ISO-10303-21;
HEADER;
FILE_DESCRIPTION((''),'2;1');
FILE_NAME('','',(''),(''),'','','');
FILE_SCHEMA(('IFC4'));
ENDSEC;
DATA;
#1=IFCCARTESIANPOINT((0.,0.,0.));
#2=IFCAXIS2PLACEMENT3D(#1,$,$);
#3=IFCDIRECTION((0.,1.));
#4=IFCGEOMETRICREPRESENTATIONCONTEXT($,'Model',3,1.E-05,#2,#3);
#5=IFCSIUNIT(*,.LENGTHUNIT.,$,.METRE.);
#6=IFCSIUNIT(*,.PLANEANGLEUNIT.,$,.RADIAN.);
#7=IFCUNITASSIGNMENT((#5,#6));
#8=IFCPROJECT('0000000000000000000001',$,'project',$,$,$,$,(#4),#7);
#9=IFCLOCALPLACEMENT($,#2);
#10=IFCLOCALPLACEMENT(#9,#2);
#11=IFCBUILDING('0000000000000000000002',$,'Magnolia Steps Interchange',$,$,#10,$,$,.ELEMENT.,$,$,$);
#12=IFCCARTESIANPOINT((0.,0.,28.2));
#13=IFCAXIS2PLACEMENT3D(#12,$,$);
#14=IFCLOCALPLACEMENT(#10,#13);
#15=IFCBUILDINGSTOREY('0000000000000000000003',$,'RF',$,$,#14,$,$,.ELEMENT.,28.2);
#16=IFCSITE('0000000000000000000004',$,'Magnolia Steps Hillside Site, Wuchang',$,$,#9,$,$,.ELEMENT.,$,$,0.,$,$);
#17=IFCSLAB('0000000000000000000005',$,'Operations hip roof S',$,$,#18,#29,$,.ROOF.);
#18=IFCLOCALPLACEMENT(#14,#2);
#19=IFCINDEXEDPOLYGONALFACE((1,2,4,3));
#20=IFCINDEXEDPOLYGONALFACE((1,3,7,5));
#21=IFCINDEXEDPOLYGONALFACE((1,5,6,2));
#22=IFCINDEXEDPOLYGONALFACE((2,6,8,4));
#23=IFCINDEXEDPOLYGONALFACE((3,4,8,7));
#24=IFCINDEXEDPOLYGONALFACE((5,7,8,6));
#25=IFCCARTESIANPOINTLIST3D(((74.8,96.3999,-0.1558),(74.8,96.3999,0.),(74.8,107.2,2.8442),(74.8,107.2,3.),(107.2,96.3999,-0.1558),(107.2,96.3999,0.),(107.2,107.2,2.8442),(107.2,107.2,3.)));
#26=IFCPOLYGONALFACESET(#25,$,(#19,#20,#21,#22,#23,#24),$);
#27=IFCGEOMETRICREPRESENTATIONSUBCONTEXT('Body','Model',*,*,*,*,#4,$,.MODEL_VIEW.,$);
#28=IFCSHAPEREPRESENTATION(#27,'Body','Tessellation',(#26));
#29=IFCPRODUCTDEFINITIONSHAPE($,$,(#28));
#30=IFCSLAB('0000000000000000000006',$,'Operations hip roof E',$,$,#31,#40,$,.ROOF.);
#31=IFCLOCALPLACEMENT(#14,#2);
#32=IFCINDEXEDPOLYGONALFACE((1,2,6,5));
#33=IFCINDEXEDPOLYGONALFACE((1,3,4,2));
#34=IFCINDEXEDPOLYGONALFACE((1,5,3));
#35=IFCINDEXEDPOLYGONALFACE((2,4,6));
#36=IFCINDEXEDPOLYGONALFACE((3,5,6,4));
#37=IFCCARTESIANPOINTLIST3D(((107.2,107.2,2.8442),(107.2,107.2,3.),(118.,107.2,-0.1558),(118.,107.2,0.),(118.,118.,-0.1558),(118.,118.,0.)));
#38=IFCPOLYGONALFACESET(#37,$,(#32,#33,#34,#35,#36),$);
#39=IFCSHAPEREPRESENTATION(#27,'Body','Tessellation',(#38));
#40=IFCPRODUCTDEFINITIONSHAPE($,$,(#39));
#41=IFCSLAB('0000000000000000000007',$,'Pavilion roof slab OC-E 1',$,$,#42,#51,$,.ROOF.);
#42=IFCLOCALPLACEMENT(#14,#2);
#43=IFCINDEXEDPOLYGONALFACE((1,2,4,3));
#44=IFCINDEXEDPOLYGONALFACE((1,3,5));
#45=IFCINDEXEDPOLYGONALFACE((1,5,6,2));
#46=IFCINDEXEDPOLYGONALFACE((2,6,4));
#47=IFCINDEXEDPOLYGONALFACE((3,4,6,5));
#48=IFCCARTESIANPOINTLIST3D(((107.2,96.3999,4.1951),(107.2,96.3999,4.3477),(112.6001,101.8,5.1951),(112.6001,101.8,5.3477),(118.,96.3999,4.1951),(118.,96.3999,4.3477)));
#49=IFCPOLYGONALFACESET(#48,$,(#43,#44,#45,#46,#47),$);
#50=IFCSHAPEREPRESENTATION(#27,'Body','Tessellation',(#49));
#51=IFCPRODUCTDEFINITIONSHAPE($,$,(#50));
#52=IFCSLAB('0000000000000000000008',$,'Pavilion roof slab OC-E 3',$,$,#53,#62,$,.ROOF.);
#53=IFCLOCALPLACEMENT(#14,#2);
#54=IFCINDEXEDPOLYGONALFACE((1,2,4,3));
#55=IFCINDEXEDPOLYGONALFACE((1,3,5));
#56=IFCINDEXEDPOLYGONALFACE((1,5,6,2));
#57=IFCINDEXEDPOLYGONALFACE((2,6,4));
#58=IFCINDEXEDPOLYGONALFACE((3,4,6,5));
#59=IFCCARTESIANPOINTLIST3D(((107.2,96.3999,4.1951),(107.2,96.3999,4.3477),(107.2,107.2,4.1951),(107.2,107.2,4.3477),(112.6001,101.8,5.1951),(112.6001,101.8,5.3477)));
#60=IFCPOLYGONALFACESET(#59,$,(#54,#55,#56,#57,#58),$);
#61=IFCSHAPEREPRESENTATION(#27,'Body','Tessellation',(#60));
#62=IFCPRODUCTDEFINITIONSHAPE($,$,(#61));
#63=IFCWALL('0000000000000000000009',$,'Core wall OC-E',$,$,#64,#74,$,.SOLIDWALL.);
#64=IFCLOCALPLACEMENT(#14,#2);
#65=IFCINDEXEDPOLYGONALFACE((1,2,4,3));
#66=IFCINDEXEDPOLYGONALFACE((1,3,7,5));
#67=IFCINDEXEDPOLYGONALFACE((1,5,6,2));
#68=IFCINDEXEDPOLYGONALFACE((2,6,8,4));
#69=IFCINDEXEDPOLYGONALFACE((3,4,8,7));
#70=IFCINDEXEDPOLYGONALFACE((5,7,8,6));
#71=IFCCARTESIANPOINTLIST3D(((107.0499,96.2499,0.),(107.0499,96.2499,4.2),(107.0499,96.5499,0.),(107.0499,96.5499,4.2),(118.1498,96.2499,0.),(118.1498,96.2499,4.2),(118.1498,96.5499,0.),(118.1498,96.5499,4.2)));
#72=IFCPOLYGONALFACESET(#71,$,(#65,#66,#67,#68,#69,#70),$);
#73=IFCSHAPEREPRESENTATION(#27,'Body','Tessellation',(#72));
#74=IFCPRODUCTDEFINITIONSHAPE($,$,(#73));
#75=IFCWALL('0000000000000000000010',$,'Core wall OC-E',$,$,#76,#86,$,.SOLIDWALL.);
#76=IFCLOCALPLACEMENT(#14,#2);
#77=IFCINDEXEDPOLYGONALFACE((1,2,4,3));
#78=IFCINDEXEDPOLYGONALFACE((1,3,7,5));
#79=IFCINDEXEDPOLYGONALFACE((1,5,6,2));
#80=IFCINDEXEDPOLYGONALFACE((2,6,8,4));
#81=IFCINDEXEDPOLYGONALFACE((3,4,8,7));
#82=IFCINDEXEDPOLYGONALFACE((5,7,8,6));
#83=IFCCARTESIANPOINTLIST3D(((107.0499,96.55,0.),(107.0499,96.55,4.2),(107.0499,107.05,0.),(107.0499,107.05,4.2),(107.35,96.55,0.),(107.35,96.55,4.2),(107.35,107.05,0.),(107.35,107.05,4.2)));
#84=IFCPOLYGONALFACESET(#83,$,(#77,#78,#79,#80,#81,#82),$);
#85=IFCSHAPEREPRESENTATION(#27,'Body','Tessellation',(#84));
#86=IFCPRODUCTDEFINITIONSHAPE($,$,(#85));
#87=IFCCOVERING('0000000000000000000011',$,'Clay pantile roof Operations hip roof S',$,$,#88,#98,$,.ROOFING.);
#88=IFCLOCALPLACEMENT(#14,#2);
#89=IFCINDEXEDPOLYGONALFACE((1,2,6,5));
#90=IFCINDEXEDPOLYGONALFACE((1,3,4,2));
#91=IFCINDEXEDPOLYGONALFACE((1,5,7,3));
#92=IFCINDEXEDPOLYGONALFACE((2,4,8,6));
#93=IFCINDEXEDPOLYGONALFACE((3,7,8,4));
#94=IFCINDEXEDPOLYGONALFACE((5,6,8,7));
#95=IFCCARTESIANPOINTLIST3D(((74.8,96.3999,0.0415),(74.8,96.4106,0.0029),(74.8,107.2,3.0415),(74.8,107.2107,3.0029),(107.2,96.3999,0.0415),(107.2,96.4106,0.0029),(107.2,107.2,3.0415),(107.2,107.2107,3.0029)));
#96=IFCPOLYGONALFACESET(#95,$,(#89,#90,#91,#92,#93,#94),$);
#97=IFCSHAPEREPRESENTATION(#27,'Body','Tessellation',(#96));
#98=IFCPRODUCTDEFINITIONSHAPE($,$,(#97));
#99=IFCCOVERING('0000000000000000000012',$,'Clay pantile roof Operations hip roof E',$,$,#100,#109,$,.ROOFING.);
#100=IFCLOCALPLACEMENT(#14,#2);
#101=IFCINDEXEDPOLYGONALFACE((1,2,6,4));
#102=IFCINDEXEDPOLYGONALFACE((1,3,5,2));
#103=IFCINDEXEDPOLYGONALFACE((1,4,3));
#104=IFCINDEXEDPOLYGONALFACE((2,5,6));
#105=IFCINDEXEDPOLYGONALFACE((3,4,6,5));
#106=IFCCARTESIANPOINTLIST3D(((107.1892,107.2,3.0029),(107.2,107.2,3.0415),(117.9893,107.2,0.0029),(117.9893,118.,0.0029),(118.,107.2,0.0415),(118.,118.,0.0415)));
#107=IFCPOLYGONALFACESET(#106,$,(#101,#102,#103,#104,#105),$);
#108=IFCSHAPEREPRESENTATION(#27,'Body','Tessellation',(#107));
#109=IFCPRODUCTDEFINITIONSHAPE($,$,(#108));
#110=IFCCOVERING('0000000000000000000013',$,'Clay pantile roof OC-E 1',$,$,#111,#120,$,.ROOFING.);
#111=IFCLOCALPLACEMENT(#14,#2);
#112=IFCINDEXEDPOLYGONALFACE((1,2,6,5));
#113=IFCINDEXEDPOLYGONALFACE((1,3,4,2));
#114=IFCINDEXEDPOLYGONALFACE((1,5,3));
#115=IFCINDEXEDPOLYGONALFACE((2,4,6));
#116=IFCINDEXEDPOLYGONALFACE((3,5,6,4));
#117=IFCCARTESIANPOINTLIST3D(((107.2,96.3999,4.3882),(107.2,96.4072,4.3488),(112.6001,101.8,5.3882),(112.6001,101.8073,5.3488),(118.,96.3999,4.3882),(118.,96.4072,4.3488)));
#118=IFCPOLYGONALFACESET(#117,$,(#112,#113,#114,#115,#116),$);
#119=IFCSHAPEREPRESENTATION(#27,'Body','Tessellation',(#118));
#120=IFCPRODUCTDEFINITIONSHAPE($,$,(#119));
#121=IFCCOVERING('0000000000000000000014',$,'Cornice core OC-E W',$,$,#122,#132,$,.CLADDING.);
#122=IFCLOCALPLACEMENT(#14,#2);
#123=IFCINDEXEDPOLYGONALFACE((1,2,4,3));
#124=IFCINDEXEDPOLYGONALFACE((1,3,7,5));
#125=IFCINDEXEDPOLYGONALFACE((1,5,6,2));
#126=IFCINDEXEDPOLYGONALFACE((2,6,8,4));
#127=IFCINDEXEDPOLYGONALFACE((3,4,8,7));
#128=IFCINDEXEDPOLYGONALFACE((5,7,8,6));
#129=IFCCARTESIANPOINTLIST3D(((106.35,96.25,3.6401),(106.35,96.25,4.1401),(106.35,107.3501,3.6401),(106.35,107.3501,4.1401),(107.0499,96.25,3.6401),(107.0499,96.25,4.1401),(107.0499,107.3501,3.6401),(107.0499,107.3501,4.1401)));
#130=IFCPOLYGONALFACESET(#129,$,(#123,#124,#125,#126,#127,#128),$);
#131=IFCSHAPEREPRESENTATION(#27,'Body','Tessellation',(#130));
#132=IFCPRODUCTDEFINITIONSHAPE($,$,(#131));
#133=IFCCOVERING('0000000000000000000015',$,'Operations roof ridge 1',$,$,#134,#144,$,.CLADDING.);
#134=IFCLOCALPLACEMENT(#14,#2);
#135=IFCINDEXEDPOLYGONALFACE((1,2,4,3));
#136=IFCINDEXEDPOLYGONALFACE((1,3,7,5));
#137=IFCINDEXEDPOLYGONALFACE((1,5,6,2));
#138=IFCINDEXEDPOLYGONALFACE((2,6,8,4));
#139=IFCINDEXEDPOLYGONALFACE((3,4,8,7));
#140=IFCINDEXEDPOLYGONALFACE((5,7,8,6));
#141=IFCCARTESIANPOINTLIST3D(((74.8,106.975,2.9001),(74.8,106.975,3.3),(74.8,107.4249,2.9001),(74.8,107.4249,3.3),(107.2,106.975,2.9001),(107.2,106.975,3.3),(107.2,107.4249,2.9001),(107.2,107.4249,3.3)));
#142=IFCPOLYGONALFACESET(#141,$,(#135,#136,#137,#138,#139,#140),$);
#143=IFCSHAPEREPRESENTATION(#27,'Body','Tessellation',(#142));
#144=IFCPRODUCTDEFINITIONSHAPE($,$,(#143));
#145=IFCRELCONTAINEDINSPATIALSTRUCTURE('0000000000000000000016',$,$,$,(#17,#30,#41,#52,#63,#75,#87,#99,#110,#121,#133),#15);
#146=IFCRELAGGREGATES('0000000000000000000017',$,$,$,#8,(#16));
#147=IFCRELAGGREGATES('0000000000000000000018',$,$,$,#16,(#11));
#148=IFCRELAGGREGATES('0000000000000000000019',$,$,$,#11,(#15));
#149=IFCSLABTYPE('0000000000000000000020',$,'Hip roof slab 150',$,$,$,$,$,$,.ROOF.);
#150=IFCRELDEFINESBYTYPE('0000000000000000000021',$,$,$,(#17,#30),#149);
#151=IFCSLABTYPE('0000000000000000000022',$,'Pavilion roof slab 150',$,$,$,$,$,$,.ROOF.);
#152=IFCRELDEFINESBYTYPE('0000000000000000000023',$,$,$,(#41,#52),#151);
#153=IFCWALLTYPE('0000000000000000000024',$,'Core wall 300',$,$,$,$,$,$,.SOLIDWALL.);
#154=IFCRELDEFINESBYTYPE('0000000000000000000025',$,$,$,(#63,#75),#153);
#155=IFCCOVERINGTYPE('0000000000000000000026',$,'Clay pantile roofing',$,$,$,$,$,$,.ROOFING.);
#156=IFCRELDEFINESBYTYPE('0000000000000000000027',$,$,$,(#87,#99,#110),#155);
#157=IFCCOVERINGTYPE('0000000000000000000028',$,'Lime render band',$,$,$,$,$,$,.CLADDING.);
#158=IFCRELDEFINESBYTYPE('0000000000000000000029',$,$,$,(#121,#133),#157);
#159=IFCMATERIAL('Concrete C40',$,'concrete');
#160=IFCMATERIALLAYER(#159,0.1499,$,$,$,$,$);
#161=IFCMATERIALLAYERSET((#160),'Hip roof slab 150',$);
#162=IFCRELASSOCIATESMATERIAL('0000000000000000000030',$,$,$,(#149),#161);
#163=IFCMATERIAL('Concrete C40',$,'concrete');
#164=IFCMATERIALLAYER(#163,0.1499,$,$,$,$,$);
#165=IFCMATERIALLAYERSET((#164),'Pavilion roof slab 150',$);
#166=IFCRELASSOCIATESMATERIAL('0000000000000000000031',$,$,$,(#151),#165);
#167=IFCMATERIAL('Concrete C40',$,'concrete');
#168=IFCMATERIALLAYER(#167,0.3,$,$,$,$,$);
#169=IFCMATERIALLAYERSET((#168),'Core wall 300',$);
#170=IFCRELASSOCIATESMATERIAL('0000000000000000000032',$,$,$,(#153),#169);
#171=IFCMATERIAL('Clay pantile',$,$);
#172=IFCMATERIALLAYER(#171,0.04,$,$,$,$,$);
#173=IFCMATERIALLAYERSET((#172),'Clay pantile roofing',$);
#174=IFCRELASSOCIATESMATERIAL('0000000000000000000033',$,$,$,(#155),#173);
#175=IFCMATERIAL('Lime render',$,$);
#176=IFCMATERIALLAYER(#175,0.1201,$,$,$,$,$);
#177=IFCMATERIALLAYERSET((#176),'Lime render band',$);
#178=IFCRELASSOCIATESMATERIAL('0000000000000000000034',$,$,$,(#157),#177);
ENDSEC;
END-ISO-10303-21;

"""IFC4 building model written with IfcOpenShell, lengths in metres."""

from ifc_helpers import new_model, si_unit, direction, frame, frame_2d, origin, origin_2d, place, context, subcontext, project, spatial, polyline, rectangle, outline, extrude, material, layer, layer_set, type_object, element, save


model = new_model("IFC4")

# Units and contexts
model_context = context("Model", 3, precision=1e-05, world=origin(), true_north=direction((0.0, 1.0)))
body_context = subcontext(model_context, "Body", "Model", "MODEL_VIEW")
ifc_project = project(units=[si_unit("LENGTHUNIT", "METRE"), si_unit("PLANEANGLEUNIT", "RADIAN")], contexts=[model_context])

# Site, building, storey
site_placement = place(None, origin())
site = spatial("IfcSite", under=ifc_project, at=site_placement, Name="Magnolia Steps Hillside Site, Wuchang", CompositionType="ELEMENT", RefElevation=0.0)
building_placement = place(site_placement, origin())
building = spatial("IfcBuilding", under=site, at=building_placement, Name="Magnolia Steps Interchange", CompositionType="ELEMENT")
storey_placement = place(building_placement, frame((0.0, 0.0, 28.2)))
storey = spatial("IfcBuildingStorey", under=building, at=storey_placement, Name="RF", CompositionType="ELEMENT", Elevation=28.2)

# Slabs
ifc_material_1 = material(Name="Concrete C40", Category="concrete")
ifc_layer_1 = layer(ifc_material_1, 0.1499)
ifc_layer_set_1 = layer_set([ifc_layer_1], Name="Hip roof slab 150")
slab_type_1 = type_object("IfcSlabType", Name="Hip roof slab 150", PredefinedType="ROOF", material=ifc_layer_set_1)
slab_1_placement = place(storey_placement, frame((107.2, 96.3999, 0.0), z_axis=(0.0, -0.267643, 0.963518), x_axis=(0.0, 0.963518, 0.267643)))
element("IfcSlab", 1, at=slab_1_placement, inside=storey, type_object=slab_type_1, Name="Operations hip roof S", PredefinedType="ROOF", context=body_context, shape_type="SweptSolid", body=[
    extrude(outline(polyline([(0.0, 0.0), (11.209, 0.0), (11.209, 32.3999), (0.0, 32.3999), (0.0, 0.0)])), origin(), (-0.267643, 0.0, -0.963518), 0.1558),
])
slab_2_placement = place(storey_placement, frame((107.2, 107.2, 3.0), z_axis=(0.267643, 0.0, 0.963518), x_axis=(0.963518, 0.0, -0.267643)))
element("IfcSlab", 2, at=slab_2_placement, inside=storey, type_object=slab_type_1, Name="Operations hip roof E", PredefinedType="ROOF", context=body_context, shape_type="SweptSolid", body=[
    extrude(outline(polyline([(0.0, 0.0), (11.209, 0.0), (11.209, 10.8), (0.0, 0.0)])), origin(), (0.267643, 0.0, -0.963518), 0.1558),
])
ifc_material_2 = material(Name="Concrete C40", Category="concrete")
ifc_layer_2 = layer(ifc_material_2, 0.1499)
ifc_layer_set_2 = layer_set([ifc_layer_2], Name="Pavilion roof slab 150")
slab_type_2 = type_object("IfcSlabType", Name="Pavilion roof slab 150", PredefinedType="ROOF", material=ifc_layer_set_2)
slab_3_placement = place(storey_placement, frame((107.2, 96.3999, 4.3477), z_axis=(0.0, -0.182084, 0.983283), x_axis=(1.0, 0.0, 0.0)))
element("IfcSlab", 3, at=slab_3_placement, inside=storey, type_object=slab_type_2, Name="Pavilion roof slab OC-E 1", PredefinedType="ROOF", context=body_context, shape_type="SweptSolid", body=[
    extrude(outline(polyline([(0.0, 0.0), (10.8, 0.0), (5.4001, 5.492), (0.0, 0.0)])), origin(), (0.0, -0.182084, -0.983283), 0.1526),
])
slab_4_placement = place(storey_placement, frame((107.2, 107.2, 4.3477), z_axis=(-0.182084, 0.0, 0.983283), x_axis=(0.0, -1.0, 0.0)))
element("IfcSlab", 4, at=slab_4_placement, inside=storey, type_object=slab_type_2, Name="Pavilion roof slab OC-E 3", PredefinedType="ROOF", context=body_context, shape_type="SweptSolid", body=[
    extrude(outline(polyline([(0.0, 0.0), (10.8, 0.0), (5.3999, 5.492), (0.0, 0.0)])), origin(), (0.0, -0.182084, -0.983283), 0.1526),
])

# Walls
ifc_material_3 = material(Name="Concrete C40", Category="concrete")
ifc_layer_3 = layer(ifc_material_3, 0.3)
ifc_layer_set_3 = layer_set([ifc_layer_3], Name="Core wall 300")
wall_type = type_object("IfcWallType", Name="Core wall 300", PredefinedType="SOLIDWALL", material=ifc_layer_set_3)
wall_1_placement = place(storey_placement, frame((107.05, 96.3999, 0.0), z_axis=(0.0, 0.0, 1.0), x_axis=(1.0, 0.0, 0.0)))
element("IfcWall", 5, at=wall_1_placement, inside=storey, type_object=wall_type, Name="Core wall OC-E", PredefinedType="SOLIDWALL", context=body_context, shape_type="SweptSolid", body=[
    extrude(rectangle(XDim=11.0999, YDim=0.3, at=frame_2d((5.5498, 0.0))), origin(), (0.0, 0.0, 1.0), 4.2),
])
wall_2_placement = place(storey_placement, frame((107.2, 107.05, 0.0), z_axis=(0.0, 0.0, 1.0), x_axis=(0.0, -1.0, 0.0)))
element("IfcWall", 6, at=wall_2_placement, inside=storey, type_object=wall_type, Name="Core wall OC-E", PredefinedType="SOLIDWALL", context=body_context, shape_type="SweptSolid", body=[
    extrude(rectangle(XDim=10.5, YDim=0.3, at=frame_2d((5.25, 0.0))), origin(), (0.0, 0.0, 1.0), 4.2),
])

# Coverings
ifc_material_4 = material(Name="Clay pantile")
ifc_layer_4 = layer(ifc_material_4, 0.04)
ifc_layer_set_4 = layer_set([ifc_layer_4], Name="Clay pantile roofing")
covering_type_1 = type_object("IfcCoveringType", Name="Clay pantile roofing", PredefinedType="ROOFING", material=ifc_layer_set_4)
covering_1_placement = place(storey_placement, frame((107.2, 96.3999, 0.0415), z_axis=(0.0, -0.267643, 0.963518), x_axis=(0.0, 0.963518, 0.267643)))
element("IfcCovering", 7, at=covering_1_placement, inside=storey, type_object=covering_type_1, Name="Clay pantile roof Operations hip roof S", PredefinedType="ROOFING", context=body_context, shape_type="SweptSolid", body=[
    extrude(outline(polyline([(0.0, 0.0), (11.209, 0.0), (11.209, 32.3999), (0.0, 32.3999), (0.0, 0.0)])), origin(), (0.0, 0.0, -1.0), 0.04),
])
covering_2_placement = place(storey_placement, frame((107.2, 107.2, 3.0415), z_axis=(0.267643, 0.0, 0.963518), x_axis=(0.963518, 0.0, -0.267643)))
element("IfcCovering", 8, at=covering_2_placement, inside=storey, type_object=covering_type_1, Name="Clay pantile roof Operations hip roof E", PredefinedType="ROOFING", context=body_context, shape_type="SweptSolid", body=[
    extrude(outline(polyline([(0.0, 0.0), (11.209, 0.0), (11.209, 10.8), (0.0, 0.0)])), origin(), (0.0, 0.0, -1.0), 0.04),
])
covering_3_placement = place(storey_placement, frame((107.2, 96.3999, 4.3882), z_axis=(0.0, -0.182084, 0.983283), x_axis=(1.0, 0.0, 0.0)))
element("IfcCovering", 9, at=covering_3_placement, inside=storey, type_object=covering_type_1, Name="Clay pantile roof OC-E 1", PredefinedType="ROOFING", context=body_context, shape_type="SweptSolid", body=[
    extrude(outline(polyline([(0.0, 0.0), (10.8, 0.0), (5.4001, 5.492), (0.0, 0.0)])), origin(), (0.0, 0.0, -1.0), 0.04),
])
ifc_material_5 = material(Name="Lime render")
ifc_layer_5 = layer(ifc_material_5, 0.1201)
ifc_layer_set_5 = layer_set([ifc_layer_5], Name="Lime render band")
covering_type_2 = type_object("IfcCoveringType", Name="Lime render band", PredefinedType="CLADDING", material=ifc_layer_set_5)
covering_4_placement = place(storey_placement, frame((106.7, 101.8, 3.6401), z_axis=(0.0, 0.0, 1.0), x_axis=(1.0, 0.0, 0.0)))
element("IfcCovering", 10, at=covering_4_placement, inside=storey, type_object=covering_type_2, Name="Cornice core OC-E W", PredefinedType="CLADDING", context=body_context, shape_type="SweptSolid", body=[
    extrude(rectangle(XDim=0.7, YDim=11.1001, at=origin_2d()), origin(), (0.0, 0.0, 1.0), 0.5),
])
covering_5_placement = place(storey_placement, frame((91.0, 107.2, 2.9001), z_axis=(0.0, 0.0, 1.0), x_axis=(1.0, 0.0, 0.0)))
element("IfcCovering", 11, at=covering_5_placement, inside=storey, type_object=covering_type_2, Name="Operations roof ridge 1", PredefinedType="CLADDING", context=body_context, shape_type="SweptSolid", body=[
    extrude(rectangle(XDim=32.3999, YDim=0.45, at=origin_2d()), origin(), (0.0, 0.0, 1.0), 0.3999),
])

save(model, "model.ifc")
